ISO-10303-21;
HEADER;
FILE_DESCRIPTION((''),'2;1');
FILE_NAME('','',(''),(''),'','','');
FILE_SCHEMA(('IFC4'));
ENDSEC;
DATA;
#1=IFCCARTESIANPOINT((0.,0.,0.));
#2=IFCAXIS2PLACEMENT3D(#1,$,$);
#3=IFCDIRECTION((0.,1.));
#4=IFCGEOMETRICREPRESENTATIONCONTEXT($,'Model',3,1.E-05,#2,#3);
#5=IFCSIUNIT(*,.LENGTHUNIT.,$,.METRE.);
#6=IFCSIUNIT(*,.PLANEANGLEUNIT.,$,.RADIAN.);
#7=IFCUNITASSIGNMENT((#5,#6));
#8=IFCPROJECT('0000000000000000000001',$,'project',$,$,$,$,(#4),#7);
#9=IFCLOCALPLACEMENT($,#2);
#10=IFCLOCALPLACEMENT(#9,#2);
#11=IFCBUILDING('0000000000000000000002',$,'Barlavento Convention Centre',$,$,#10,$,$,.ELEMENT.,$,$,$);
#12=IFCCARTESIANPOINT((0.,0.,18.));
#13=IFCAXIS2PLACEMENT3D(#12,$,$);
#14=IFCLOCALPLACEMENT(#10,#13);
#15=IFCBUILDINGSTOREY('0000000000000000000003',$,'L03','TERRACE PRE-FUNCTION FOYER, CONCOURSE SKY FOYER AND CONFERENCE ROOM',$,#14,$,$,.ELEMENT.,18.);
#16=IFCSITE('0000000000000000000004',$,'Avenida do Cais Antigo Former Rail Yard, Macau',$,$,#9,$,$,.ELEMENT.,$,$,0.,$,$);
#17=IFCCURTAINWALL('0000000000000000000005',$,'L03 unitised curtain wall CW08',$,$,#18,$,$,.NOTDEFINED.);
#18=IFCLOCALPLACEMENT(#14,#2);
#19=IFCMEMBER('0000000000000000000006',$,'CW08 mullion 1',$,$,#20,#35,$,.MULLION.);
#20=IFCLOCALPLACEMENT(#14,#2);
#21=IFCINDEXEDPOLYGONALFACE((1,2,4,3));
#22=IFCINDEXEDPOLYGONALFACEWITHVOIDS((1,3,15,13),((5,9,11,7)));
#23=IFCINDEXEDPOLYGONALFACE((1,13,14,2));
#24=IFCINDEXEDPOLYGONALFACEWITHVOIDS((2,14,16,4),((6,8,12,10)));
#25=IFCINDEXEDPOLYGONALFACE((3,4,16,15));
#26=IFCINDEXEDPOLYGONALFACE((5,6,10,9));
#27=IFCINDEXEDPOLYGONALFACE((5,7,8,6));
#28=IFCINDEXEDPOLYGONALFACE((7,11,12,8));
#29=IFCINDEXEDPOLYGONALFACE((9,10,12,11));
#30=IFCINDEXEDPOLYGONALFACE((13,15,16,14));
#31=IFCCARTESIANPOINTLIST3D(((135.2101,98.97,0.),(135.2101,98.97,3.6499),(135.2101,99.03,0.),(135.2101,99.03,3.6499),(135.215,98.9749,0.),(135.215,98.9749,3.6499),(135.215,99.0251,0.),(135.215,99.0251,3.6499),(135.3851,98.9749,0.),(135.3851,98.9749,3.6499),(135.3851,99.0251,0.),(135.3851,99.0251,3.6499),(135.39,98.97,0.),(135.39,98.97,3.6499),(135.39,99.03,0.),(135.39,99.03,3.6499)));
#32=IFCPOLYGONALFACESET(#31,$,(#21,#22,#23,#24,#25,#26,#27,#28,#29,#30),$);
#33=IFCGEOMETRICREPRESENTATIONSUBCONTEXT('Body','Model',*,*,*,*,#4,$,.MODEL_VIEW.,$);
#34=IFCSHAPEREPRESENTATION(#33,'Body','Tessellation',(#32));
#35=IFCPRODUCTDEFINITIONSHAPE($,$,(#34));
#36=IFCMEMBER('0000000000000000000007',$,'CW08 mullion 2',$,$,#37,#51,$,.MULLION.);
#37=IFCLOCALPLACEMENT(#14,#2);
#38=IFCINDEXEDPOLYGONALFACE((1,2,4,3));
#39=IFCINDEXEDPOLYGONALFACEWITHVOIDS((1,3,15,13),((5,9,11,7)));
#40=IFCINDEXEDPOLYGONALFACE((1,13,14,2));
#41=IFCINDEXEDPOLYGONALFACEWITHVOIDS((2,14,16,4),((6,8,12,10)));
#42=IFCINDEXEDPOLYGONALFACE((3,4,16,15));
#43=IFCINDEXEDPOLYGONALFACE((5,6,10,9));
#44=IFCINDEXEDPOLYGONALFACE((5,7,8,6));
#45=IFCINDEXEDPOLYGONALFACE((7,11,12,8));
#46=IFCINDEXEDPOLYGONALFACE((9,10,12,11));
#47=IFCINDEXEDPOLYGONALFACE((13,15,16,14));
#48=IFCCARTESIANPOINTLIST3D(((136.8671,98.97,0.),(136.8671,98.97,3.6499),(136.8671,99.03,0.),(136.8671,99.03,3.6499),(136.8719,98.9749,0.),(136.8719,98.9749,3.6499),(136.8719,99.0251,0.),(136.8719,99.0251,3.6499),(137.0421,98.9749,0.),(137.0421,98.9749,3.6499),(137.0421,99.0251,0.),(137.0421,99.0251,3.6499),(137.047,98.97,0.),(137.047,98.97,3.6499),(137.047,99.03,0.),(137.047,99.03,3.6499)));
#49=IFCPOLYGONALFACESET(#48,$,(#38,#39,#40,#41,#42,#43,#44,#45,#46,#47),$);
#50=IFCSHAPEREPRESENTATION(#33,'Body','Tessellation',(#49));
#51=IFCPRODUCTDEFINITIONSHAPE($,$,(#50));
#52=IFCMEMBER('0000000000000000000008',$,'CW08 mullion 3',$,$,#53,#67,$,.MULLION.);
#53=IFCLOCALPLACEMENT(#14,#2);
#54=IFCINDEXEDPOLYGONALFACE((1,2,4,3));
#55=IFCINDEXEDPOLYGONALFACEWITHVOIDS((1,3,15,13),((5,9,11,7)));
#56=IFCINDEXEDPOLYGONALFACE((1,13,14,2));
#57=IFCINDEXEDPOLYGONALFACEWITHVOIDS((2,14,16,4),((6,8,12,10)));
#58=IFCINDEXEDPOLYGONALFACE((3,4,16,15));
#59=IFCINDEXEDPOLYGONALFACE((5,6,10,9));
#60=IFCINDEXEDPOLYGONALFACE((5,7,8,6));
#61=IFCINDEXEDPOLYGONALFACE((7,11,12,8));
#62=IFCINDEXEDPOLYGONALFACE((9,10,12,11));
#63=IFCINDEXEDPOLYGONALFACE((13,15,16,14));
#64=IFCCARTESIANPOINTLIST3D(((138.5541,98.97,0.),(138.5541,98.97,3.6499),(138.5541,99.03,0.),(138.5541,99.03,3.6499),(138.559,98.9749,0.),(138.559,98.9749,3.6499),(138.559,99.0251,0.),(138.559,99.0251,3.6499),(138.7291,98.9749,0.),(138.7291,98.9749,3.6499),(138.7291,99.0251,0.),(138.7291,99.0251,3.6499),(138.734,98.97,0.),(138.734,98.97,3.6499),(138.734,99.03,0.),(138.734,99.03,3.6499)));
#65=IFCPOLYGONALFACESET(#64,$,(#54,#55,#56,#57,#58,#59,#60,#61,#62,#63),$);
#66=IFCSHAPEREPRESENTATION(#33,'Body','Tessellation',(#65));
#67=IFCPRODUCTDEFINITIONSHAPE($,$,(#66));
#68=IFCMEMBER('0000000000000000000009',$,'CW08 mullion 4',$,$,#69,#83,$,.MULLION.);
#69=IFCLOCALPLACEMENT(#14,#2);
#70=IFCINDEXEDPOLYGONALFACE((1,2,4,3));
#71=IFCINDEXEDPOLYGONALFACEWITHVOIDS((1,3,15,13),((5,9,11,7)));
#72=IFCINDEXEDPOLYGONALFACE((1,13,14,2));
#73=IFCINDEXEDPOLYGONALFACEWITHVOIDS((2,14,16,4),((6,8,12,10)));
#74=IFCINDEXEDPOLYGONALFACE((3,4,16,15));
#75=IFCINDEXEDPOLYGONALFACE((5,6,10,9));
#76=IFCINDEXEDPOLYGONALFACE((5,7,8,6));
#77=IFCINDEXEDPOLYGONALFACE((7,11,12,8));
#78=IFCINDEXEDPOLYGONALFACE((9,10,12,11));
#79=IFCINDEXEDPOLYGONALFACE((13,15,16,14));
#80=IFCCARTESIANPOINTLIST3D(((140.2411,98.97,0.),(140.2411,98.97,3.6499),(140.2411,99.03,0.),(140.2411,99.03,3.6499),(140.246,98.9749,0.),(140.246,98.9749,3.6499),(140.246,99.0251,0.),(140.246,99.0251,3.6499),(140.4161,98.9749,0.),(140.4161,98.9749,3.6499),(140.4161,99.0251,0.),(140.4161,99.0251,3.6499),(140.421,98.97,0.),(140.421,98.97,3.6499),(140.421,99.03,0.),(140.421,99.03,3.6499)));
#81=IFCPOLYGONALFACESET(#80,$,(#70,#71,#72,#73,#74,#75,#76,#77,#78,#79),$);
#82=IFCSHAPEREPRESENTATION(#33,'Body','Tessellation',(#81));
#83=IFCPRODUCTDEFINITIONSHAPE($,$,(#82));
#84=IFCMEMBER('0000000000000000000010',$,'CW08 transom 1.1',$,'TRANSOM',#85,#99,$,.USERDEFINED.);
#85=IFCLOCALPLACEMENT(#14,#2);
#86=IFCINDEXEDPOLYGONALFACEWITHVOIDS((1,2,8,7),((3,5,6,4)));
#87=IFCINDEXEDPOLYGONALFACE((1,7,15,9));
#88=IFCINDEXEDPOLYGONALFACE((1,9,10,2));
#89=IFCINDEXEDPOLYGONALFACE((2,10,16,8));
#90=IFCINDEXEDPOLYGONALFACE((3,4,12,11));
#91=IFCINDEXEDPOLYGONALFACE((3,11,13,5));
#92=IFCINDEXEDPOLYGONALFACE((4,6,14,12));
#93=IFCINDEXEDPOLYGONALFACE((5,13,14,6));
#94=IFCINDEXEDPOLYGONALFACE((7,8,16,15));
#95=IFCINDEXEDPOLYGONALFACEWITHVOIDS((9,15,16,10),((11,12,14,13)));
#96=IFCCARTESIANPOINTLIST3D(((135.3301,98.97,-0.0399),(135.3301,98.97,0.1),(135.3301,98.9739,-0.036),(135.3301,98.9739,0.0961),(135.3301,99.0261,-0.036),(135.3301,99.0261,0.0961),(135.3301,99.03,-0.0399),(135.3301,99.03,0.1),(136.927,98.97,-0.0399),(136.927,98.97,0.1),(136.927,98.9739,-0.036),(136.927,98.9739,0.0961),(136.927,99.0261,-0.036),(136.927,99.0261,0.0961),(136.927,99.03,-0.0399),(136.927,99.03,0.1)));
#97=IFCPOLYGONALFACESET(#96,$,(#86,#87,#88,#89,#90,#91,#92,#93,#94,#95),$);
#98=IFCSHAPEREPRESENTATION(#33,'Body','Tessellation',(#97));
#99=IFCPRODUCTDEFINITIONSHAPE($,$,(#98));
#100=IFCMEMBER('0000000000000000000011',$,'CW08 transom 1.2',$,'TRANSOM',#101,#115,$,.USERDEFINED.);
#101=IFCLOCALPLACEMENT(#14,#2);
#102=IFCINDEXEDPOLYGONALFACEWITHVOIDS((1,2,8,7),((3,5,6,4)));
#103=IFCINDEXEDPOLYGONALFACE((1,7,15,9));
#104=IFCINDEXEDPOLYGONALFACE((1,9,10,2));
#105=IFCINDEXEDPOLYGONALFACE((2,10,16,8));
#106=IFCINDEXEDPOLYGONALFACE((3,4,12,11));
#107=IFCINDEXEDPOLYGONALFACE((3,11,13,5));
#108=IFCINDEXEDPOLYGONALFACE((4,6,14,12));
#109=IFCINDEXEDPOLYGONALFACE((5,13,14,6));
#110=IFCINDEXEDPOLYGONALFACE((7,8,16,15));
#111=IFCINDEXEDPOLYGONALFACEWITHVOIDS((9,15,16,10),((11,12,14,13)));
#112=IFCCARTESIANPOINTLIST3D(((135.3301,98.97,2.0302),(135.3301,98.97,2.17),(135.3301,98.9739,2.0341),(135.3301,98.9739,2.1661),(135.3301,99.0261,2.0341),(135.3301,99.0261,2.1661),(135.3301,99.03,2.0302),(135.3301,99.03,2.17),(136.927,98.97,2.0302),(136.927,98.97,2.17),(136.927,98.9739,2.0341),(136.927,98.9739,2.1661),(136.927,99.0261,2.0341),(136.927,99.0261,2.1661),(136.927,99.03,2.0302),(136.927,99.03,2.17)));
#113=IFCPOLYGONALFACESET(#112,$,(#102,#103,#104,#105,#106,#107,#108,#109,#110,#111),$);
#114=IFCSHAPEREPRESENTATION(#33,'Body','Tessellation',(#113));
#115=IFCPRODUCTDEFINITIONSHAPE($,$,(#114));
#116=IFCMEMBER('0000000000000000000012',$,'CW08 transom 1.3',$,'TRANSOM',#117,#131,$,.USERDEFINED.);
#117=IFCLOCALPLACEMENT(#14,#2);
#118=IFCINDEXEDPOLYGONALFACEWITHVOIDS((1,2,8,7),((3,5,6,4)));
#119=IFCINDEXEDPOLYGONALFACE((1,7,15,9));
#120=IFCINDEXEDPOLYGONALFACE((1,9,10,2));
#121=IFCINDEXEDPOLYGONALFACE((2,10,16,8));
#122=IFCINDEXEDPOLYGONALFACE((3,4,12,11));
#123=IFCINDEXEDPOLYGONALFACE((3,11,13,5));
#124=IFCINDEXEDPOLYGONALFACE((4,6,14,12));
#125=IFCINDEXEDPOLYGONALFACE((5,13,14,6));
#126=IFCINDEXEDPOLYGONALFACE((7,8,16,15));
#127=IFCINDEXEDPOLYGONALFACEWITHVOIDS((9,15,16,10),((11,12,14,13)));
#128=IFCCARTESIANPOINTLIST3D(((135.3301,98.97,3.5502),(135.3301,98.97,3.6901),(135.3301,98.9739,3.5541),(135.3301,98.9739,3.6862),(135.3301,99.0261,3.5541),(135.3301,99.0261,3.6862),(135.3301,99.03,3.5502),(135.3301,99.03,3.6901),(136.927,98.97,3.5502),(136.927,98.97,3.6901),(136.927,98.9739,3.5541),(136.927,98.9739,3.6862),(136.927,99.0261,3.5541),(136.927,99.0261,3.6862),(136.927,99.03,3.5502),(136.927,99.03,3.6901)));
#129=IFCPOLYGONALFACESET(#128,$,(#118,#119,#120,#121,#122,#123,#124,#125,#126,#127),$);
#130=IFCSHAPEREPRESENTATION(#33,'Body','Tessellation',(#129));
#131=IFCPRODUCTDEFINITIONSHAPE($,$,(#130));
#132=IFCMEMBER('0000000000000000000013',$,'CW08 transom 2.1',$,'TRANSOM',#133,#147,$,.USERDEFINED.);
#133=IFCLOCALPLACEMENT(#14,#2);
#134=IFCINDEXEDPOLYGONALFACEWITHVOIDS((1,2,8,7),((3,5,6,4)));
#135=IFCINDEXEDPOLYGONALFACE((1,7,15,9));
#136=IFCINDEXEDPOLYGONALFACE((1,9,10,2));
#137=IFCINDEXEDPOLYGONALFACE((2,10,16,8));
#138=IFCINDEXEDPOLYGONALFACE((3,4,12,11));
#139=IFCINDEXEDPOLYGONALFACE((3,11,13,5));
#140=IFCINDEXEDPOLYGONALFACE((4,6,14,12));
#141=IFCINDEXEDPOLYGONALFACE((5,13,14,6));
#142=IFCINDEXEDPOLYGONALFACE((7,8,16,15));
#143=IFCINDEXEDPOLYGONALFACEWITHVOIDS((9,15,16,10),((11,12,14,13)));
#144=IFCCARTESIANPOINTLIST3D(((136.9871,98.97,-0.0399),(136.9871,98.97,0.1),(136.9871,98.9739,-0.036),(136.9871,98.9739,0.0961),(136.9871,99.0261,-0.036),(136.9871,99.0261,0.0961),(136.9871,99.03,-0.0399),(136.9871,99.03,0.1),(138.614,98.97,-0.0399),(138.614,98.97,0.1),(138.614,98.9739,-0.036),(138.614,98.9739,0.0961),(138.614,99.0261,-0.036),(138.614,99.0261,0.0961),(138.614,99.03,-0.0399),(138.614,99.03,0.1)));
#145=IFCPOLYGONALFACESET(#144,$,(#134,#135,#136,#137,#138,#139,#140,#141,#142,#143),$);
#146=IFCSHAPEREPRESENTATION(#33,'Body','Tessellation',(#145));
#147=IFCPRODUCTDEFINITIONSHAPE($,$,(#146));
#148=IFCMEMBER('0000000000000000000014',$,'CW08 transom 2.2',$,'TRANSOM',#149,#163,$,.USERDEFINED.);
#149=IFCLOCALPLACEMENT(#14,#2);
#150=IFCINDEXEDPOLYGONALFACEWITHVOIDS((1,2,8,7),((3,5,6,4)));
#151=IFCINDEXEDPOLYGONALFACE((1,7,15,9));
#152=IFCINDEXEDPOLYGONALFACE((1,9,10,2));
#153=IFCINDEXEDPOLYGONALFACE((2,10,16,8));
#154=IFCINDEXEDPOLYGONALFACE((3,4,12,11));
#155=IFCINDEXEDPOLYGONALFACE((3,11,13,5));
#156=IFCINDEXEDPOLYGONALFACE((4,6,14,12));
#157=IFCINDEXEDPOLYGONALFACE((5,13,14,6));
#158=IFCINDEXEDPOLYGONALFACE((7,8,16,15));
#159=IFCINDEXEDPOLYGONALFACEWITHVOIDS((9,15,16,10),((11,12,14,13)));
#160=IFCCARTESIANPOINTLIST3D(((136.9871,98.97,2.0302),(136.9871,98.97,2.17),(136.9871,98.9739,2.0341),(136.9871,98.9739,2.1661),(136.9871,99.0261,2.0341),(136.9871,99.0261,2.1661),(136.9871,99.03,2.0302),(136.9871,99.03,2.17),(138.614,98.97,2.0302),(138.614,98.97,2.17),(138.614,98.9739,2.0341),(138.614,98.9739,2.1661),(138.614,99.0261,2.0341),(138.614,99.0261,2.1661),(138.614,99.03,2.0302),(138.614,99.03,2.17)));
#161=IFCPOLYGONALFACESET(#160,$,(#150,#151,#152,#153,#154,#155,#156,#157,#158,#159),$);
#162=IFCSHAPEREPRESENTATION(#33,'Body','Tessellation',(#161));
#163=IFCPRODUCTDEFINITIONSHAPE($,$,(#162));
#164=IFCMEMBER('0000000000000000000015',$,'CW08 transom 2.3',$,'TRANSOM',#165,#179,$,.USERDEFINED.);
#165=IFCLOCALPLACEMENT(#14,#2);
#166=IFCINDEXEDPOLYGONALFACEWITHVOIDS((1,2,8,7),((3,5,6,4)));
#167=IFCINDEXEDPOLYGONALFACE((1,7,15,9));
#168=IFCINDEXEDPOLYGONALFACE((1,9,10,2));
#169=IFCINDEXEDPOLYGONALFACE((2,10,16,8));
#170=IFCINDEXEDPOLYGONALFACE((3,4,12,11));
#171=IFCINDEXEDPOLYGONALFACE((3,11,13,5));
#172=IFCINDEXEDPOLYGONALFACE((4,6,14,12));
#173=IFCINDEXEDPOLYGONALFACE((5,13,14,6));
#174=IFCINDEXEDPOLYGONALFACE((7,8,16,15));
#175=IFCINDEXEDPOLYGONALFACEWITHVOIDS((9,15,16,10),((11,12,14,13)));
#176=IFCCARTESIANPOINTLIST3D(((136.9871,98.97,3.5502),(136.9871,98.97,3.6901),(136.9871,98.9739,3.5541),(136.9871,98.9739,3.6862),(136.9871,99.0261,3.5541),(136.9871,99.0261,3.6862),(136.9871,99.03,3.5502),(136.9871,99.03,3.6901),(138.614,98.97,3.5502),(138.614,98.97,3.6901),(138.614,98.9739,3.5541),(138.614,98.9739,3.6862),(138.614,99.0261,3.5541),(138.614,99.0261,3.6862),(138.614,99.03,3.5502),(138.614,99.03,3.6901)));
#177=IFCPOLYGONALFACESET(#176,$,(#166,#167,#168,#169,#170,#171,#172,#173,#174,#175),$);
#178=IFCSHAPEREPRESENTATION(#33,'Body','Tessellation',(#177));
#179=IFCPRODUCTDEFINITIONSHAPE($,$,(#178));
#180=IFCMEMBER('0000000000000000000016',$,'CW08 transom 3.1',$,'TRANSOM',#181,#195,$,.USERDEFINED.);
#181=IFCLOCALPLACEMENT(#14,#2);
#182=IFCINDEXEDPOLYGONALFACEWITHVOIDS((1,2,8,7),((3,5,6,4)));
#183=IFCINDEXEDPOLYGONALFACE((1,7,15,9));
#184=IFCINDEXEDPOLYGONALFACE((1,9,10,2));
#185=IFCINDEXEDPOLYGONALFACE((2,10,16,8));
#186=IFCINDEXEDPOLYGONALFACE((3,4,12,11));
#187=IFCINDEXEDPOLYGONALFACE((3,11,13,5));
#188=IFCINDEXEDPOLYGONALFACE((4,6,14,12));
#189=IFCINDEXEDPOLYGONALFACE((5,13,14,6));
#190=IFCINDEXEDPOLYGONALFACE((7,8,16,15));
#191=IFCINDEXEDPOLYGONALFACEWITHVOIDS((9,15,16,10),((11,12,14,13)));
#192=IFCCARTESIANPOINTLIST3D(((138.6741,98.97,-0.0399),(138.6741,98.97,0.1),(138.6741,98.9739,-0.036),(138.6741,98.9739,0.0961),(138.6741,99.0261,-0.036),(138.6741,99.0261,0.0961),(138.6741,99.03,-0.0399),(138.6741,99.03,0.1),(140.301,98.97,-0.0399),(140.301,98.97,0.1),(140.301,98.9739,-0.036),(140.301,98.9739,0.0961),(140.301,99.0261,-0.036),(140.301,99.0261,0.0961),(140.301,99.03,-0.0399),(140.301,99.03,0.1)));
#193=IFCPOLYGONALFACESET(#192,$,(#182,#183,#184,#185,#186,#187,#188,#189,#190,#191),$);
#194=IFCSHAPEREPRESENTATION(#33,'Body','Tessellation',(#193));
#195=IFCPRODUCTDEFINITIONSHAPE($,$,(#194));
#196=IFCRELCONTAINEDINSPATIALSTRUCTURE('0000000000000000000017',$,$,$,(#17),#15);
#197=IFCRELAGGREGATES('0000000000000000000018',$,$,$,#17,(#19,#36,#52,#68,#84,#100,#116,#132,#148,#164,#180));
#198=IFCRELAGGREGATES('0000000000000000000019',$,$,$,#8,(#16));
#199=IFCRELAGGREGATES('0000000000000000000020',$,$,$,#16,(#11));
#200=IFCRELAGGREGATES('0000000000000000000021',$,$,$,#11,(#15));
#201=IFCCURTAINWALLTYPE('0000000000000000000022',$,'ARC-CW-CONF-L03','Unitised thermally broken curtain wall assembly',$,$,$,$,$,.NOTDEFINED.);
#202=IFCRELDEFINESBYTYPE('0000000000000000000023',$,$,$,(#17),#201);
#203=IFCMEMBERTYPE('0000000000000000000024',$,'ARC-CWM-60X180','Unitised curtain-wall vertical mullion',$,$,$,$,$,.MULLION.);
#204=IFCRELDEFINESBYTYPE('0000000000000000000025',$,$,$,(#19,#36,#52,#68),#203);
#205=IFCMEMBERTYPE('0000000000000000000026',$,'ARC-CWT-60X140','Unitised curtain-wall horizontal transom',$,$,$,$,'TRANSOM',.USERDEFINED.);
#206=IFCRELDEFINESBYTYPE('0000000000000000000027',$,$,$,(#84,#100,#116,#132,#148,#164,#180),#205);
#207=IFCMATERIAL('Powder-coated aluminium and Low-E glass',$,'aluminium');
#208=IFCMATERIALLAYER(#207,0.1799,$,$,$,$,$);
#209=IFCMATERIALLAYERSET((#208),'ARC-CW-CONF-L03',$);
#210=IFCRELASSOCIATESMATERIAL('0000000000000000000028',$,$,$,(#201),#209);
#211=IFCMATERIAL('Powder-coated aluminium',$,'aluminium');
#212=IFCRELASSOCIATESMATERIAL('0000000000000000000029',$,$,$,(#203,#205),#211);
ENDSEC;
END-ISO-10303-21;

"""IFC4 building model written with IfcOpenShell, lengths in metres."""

from ifc_helpers import new_model, si_unit, direction, frame, origin, origin_2d, place, context, subcontext, project, spatial, hollow_rectangle, extrude, material, layer, layer_set, material_profile, profile_set, type_object, element, aggregate, save


model = new_model("IFC4")

# Units and contexts
model_context = context("Model", 3, precision=1e-05, world=origin(), true_north=direction((0.0, 1.0)))
body_context = subcontext(model_context, "Body", "Model", "MODEL_VIEW")
ifc_project = project(units=[si_unit("LENGTHUNIT", "METRE"), si_unit("PLANEANGLEUNIT", "RADIAN")], contexts=[model_context])

# Site, building, storey
site_placement = place(None, origin())
site = spatial("IfcSite", under=ifc_project, at=site_placement, Name="Avenida do Cais Antigo Former Rail Yard, Macau", CompositionType="ELEMENT", RefElevation=0.0)
building_placement = place(site_placement, origin())
building = spatial("IfcBuilding", under=site, at=building_placement, Name="Barlavento Convention Centre", CompositionType="ELEMENT")
storey_placement = place(building_placement, frame((0.0, 0.0, 18.0)))
storey = spatial("IfcBuildingStorey", under=building, at=storey_placement, Name="L03", Description="TERRACE PRE-FUNCTION FOYER, CONCOURSE SKY FOYER AND CONFERENCE ROOM", CompositionType="ELEMENT", Elevation=18.0)

# Curtain wall, members
ifc_material_1 = material(Name="Powder-coated aluminium and Low-E glass", Category="aluminium")
ifc_layer_1 = layer(ifc_material_1, 0.1799)
ifc_layer_set_1 = layer_set([ifc_layer_1], Name="ARC-CW-CONF-L03")
curtain_wall_type = type_object("IfcCurtainWallType", Name="ARC-CW-CONF-L03", Description="Unitised thermally broken curtain wall assembly", PredefinedType="NOTDEFINED", material=ifc_layer_set_1)
curtain_wall_placement = place(storey_placement, origin())
curtain_wall = element("IfcCurtainWall", 1, at=curtain_wall_placement, inside=storey, type_object=curtain_wall_type, Name="L03 unitised curtain wall CW08", PredefinedType="NOTDEFINED")
ifc_material_2 = material(Name="Powder-coated aluminium", Category="aluminium")
ifc_material_profile_1 = material_profile(ifc_material_2, hollow_rectangle(XDim=0.0601, YDim=0.1799, WallThickness=0.0049, at=origin_2d()), Name="AL-MULL 60x180x5")
ifc_profile_set_1 = profile_set([ifc_material_profile_1], Name="Powder-coated aluminium")
member_type_1 = type_object("IfcMemberType", Name="ARC-CWM-60X180", Description="Unitised curtain-wall vertical mullion", PredefinedType="MULLION", material=ifc_profile_set_1)
member_1_placement = place(storey_placement, frame((135.3, 99.0, 0.0), z_axis=(0.0, 0.0, 1.0), x_axis=(0.0, 1.0, 0.0)))
member_1 = element("IfcMember", 2, at=member_1_placement, type_object=member_type_1, Name="CW08 mullion 1", PredefinedType="MULLION", context=body_context, shape_type="SweptSolid", body=[
    extrude(hollow_rectangle(XDim=0.0601, YDim=0.1799, WallThickness=0.0049, at=origin_2d()), origin(), (0.0, 0.0, 1.0), 3.6499),
])
member_2_placement = place(storey_placement, frame((136.957, 99.0, 0.0), z_axis=(0.0, 0.0, 1.0), x_axis=(0.0, 1.0, 0.0)))
member_2 = element("IfcMember", 3, at=member_2_placement, type_object=member_type_1, Name="CW08 mullion 2", PredefinedType="MULLION", context=body_context, shape_type="SweptSolid", body=[
    extrude(hollow_rectangle(XDim=0.0601, YDim=0.1799, WallThickness=0.0049, at=origin_2d()), origin(), (0.0, 0.0, 1.0), 3.6499),
])
member_3_placement = place(storey_placement, frame((138.644, 99.0, 0.0), z_axis=(0.0, 0.0, 1.0), x_axis=(0.0, 1.0, 0.0)))
member_3 = element("IfcMember", 4, at=member_3_placement, type_object=member_type_1, Name="CW08 mullion 3", PredefinedType="MULLION", context=body_context, shape_type="SweptSolid", body=[
    extrude(hollow_rectangle(XDim=0.0601, YDim=0.1799, WallThickness=0.0049, at=origin_2d()), origin(), (0.0, 0.0, 1.0), 3.6499),
])
member_4_placement = place(storey_placement, frame((140.3311, 99.0, 0.0), z_axis=(0.0, 0.0, 1.0), x_axis=(0.0, 1.0, 0.0)))
member_4 = element("IfcMember", 5, at=member_4_placement, type_object=member_type_1, Name="CW08 mullion 4", PredefinedType="MULLION", context=body_context, shape_type="SweptSolid", body=[
    extrude(hollow_rectangle(XDim=0.0601, YDim=0.1799, WallThickness=0.0049, at=origin_2d()), origin(), (0.0, 0.0, 1.0), 3.6499),
])
ifc_material_profile_2 = material_profile(ifc_material_2, hollow_rectangle(XDim=0.0601, YDim=0.1399, WallThickness=0.0039, at=origin_2d()), Name="AL-TRAN 60x140x4")
ifc_profile_set_2 = profile_set([ifc_material_profile_2], Name="Powder-coated aluminium")
member_type_2 = type_object("IfcMemberType", Name="ARC-CWT-60X140", Description="Unitised curtain-wall horizontal transom", ElementType="TRANSOM", PredefinedType="USERDEFINED", material=ifc_profile_set_2)
member_5_placement = place(storey_placement, frame((135.3301, 99.0, 0.03), z_axis=(1.0, 0.0, 0.0), x_axis=(0.0, 1.0, 0.0)))
member_5 = element("IfcMember", 6, at=member_5_placement, type_object=member_type_2, Name="CW08 transom 1.1", ObjectType="TRANSOM", PredefinedType="USERDEFINED", context=body_context, shape_type="SweptSolid", body=[
    extrude(hollow_rectangle(XDim=0.0601, YDim=0.1399, WallThickness=0.0039, at=origin_2d()), origin(), (0.0, 0.0, 1.0), 1.5969),
])
member_6_placement = place(storey_placement, frame((135.3301, 99.0, 2.1001), z_axis=(1.0, 0.0, 0.0), x_axis=(0.0, 1.0, 0.0)))
member_6 = element("IfcMember", 7, at=member_6_placement, type_object=member_type_2, Name="CW08 transom 1.2", ObjectType="TRANSOM", PredefinedType="USERDEFINED", context=body_context, shape_type="SweptSolid", body=[
    extrude(hollow_rectangle(XDim=0.0601, YDim=0.1399, WallThickness=0.0039, at=origin_2d()), origin(), (0.0, 0.0, 1.0), 1.5969),
])
member_7_placement = place(storey_placement, frame((135.3301, 99.0, 3.6201), z_axis=(1.0, 0.0, 0.0), x_axis=(0.0, 1.0, 0.0)))
member_7 = element("IfcMember", 8, at=member_7_placement, type_object=member_type_2, Name="CW08 transom 1.3", ObjectType="TRANSOM", PredefinedType="USERDEFINED", context=body_context, shape_type="SweptSolid", body=[
    extrude(hollow_rectangle(XDim=0.0601, YDim=0.1399, WallThickness=0.0039, at=origin_2d()), origin(), (0.0, 0.0, 1.0), 1.5969),
])
member_8_placement = place(storey_placement, frame((136.9871, 99.0, 0.03), z_axis=(1.0, 0.0, 0.0), x_axis=(0.0, 1.0, 0.0)))
member_8 = element("IfcMember", 9, at=member_8_placement, type_object=member_type_2, Name="CW08 transom 2.1", ObjectType="TRANSOM", PredefinedType="USERDEFINED", context=body_context, shape_type="SweptSolid", body=[
    extrude(hollow_rectangle(XDim=0.0601, YDim=0.1399, WallThickness=0.0039, at=origin_2d()), origin(), (0.0, 0.0, 1.0), 1.627),
])
member_9_placement = place(storey_placement, frame((136.9871, 99.0, 2.1001), z_axis=(1.0, 0.0, 0.0), x_axis=(0.0, 1.0, 0.0)))
member_9 = element("IfcMember", 10, at=member_9_placement, type_object=member_type_2, Name="CW08 transom 2.2", ObjectType="TRANSOM", PredefinedType="USERDEFINED", context=body_context, shape_type="SweptSolid", body=[
    extrude(hollow_rectangle(XDim=0.0601, YDim=0.1399, WallThickness=0.0039, at=origin_2d()), origin(), (0.0, 0.0, 1.0), 1.627),
])
member_10_placement = place(storey_placement, frame((136.9871, 99.0, 3.6201), z_axis=(1.0, 0.0, 0.0), x_axis=(0.0, 1.0, 0.0)))
member_10 = element("IfcMember", 11, at=member_10_placement, type_object=member_type_2, Name="CW08 transom 2.3", ObjectType="TRANSOM", PredefinedType="USERDEFINED", context=body_context, shape_type="SweptSolid", body=[
    extrude(hollow_rectangle(XDim=0.0601, YDim=0.1399, WallThickness=0.0039, at=origin_2d()), origin(), (0.0, 0.0, 1.0), 1.627),
])
member_11_placement = place(storey_placement, frame((138.6741, 99.0, 0.03), z_axis=(1.0, 0.0, 0.0), x_axis=(0.0, 1.0, 0.0)))
member_11 = element("IfcMember", 12, at=member_11_placement, type_object=member_type_2, Name="CW08 transom 3.1", ObjectType="TRANSOM", PredefinedType="USERDEFINED", context=body_context, shape_type="SweptSolid", body=[
    extrude(hollow_rectangle(XDim=0.0601, YDim=0.1399, WallThickness=0.0039, at=origin_2d()), origin(), (0.0, 0.0, 1.0), 1.627),
])

aggregate(curtain_wall, [member_1, member_2, member_3, member_4, member_5, member_6, member_7, member_8, member_9, member_10, member_11])

save(model, "model.ifc")
